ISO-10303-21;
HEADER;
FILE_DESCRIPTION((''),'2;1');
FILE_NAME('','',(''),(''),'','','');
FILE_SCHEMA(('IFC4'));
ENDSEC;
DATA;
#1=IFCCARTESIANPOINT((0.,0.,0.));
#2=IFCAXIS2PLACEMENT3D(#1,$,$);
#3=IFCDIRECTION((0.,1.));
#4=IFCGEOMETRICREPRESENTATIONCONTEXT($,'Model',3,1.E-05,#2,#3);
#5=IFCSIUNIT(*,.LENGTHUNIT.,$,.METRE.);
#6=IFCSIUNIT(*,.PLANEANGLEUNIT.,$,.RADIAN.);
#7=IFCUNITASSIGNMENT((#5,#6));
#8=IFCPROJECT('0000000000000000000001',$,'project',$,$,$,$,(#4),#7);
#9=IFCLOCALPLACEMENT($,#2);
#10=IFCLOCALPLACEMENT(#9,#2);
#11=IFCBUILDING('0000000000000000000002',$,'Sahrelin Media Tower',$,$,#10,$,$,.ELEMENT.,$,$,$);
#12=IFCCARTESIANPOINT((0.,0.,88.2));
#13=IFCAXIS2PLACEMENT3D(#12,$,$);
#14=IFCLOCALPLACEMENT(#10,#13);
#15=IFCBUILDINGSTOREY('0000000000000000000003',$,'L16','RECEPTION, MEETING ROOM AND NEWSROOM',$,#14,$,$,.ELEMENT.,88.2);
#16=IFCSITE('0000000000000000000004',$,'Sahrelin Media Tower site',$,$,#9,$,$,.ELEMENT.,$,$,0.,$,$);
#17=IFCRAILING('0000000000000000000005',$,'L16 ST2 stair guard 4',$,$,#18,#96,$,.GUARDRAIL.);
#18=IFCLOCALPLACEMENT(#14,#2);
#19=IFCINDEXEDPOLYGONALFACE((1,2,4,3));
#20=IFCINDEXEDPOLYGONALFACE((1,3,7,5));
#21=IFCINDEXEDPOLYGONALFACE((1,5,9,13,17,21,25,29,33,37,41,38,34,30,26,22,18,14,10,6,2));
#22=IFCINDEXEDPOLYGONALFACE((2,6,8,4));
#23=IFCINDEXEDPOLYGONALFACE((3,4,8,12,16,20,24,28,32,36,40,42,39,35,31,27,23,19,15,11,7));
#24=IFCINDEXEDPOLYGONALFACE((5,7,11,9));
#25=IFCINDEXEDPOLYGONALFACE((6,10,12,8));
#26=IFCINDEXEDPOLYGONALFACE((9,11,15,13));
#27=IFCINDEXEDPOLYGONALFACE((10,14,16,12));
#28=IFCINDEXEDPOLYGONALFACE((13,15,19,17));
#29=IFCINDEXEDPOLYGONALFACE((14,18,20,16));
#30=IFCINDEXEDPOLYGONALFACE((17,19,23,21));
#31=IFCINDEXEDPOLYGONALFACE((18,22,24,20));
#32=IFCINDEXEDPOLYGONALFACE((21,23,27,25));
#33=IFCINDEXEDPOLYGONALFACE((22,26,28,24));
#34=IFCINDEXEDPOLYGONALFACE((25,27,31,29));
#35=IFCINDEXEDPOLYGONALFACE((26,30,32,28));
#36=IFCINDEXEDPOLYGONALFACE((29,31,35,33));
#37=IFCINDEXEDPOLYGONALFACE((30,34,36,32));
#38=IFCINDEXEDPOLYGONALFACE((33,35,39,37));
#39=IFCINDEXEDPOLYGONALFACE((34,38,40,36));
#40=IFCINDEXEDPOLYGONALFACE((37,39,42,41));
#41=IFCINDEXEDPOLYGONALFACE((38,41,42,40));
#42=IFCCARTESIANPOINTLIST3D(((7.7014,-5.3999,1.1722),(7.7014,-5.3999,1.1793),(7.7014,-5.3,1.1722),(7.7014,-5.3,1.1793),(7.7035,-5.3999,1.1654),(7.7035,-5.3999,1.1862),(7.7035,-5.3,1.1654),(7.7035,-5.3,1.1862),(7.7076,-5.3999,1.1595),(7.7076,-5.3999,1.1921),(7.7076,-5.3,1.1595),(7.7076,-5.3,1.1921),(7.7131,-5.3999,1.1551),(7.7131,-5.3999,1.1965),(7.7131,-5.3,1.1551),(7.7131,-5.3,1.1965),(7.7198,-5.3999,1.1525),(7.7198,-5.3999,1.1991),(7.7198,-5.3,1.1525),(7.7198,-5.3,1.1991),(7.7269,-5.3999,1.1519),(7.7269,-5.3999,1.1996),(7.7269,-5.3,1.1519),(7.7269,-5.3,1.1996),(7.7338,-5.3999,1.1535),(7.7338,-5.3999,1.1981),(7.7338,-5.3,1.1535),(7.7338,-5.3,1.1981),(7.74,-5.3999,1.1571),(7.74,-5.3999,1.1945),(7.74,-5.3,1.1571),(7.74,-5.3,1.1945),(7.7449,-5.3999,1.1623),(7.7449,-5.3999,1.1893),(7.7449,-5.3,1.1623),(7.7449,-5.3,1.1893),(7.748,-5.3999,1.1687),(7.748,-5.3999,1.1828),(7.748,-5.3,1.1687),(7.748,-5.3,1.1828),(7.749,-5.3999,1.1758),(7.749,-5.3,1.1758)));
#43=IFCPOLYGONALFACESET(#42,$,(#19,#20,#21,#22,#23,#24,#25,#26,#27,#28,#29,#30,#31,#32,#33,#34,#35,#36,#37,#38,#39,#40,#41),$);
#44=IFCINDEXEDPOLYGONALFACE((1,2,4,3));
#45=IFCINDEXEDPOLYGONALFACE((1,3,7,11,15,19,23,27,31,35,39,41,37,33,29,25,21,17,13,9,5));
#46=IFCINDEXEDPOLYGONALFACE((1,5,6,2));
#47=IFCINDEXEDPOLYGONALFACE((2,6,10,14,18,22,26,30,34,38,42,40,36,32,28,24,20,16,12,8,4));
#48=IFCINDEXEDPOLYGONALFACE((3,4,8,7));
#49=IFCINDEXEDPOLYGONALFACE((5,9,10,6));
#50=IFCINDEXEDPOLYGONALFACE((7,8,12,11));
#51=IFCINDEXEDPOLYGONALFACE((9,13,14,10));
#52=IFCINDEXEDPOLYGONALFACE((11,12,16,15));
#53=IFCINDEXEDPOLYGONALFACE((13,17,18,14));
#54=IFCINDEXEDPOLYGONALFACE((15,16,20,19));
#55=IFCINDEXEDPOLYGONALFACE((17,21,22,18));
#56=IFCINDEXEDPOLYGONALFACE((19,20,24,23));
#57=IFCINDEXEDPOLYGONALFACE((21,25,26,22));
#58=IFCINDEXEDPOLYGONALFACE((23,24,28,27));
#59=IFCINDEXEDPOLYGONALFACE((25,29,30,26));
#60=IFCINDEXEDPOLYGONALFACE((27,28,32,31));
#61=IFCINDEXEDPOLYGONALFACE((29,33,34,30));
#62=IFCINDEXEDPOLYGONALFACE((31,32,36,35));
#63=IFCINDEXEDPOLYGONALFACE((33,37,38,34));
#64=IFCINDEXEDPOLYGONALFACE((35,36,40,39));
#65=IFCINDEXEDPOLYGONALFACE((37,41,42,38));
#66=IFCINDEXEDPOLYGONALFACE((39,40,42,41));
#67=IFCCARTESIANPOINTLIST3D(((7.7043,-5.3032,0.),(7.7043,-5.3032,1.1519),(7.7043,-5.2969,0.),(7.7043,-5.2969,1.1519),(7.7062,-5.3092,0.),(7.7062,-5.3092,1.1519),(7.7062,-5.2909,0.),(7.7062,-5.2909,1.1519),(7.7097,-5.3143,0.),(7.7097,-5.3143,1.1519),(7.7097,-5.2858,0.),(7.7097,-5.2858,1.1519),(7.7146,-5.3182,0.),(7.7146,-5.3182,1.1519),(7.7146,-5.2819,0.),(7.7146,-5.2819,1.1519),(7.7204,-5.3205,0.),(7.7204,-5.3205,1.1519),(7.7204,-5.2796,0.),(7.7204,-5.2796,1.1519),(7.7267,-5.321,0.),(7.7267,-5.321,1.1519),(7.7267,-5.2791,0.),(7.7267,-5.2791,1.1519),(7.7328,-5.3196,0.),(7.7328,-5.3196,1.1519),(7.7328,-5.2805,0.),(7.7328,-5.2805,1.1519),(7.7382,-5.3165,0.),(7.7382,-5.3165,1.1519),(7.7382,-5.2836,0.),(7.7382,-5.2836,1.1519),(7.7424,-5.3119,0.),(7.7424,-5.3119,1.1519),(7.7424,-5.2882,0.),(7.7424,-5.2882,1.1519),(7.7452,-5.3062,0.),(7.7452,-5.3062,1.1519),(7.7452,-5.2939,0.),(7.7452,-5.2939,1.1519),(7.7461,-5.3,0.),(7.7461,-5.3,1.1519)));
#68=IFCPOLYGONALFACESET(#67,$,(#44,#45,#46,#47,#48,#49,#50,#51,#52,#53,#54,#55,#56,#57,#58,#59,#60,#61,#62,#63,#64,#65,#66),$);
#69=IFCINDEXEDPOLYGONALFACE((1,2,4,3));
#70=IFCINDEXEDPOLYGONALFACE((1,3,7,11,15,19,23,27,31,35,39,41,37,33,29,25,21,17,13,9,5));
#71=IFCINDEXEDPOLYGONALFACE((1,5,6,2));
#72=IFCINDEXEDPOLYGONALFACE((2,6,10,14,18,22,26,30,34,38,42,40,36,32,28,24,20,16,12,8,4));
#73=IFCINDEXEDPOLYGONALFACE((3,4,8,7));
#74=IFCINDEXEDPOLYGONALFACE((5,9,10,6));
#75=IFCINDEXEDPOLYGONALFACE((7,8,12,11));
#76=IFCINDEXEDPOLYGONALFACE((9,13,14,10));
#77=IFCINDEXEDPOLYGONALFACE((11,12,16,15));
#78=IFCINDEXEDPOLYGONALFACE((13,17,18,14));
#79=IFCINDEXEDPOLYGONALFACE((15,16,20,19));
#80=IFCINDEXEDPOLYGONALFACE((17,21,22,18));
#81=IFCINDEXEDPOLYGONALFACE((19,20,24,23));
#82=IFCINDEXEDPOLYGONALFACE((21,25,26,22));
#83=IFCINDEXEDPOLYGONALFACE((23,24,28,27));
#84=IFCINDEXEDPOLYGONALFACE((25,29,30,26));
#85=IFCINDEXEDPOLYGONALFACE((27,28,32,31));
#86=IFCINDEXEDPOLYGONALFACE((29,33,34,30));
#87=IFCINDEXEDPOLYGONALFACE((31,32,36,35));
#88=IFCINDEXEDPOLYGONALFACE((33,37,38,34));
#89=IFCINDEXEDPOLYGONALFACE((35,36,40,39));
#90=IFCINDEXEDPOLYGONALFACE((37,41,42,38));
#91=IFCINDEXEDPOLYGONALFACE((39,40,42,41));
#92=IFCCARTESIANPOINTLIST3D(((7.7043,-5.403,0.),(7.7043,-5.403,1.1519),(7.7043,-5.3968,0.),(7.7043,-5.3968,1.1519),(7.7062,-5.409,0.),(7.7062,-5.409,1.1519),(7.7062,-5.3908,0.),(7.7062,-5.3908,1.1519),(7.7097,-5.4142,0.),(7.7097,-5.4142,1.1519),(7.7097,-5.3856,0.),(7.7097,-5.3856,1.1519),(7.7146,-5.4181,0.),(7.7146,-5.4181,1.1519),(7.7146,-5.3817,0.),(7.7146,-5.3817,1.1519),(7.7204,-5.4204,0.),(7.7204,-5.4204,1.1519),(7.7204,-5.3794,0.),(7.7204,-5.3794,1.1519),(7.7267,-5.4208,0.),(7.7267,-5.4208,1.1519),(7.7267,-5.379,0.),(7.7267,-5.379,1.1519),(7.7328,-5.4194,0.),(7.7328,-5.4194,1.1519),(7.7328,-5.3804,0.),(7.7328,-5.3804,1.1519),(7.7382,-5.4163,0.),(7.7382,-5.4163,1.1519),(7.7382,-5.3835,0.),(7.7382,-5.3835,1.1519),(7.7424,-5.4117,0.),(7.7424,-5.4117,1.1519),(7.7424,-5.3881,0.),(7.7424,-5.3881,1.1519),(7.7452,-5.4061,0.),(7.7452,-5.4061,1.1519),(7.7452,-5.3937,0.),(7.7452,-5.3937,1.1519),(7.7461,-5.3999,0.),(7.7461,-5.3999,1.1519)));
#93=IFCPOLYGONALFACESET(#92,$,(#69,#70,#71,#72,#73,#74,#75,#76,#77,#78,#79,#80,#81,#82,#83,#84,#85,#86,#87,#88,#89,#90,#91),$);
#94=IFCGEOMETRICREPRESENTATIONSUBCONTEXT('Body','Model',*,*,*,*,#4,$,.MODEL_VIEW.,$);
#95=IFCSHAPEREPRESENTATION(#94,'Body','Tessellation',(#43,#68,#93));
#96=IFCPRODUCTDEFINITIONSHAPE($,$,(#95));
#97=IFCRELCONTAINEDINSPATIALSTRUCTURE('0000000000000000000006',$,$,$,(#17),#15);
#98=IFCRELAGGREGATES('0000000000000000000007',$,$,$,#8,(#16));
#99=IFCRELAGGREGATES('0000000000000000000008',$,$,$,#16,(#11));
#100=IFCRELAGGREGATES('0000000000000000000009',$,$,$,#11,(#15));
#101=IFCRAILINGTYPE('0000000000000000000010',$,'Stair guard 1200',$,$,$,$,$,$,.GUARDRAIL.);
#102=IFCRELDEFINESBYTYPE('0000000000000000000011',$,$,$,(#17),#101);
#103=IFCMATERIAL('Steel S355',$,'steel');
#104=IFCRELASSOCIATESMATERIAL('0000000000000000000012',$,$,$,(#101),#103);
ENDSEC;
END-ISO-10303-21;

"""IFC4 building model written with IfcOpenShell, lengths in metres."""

from ifc_helpers import new_model, si_unit, direction, frame, origin, origin_2d, place, context, subcontext, project, spatial, circle, extrude, material, type_object, element, save


model = new_model("IFC4")

# Units and contexts
model_context = context("Model", 3, precision=1e-05, world=origin(), true_north=direction((0.0, 1.0)))
body_context = subcontext(model_context, "Body", "Model", "MODEL_VIEW")
ifc_project = project(units=[si_unit("LENGTHUNIT", "METRE"), si_unit("PLANEANGLEUNIT", "RADIAN")], contexts=[model_context])

# Site, building, storey
site_placement = place(None, origin())
site = spatial("IfcSite", under=ifc_project, at=site_placement, Name="Sahrelin Media Tower site", CompositionType="ELEMENT", RefElevation=0.0)
building_placement = place(site_placement, origin())
building = spatial("IfcBuilding", under=site, at=building_placement, Name="Sahrelin Media Tower", CompositionType="ELEMENT")
storey_placement = place(building_placement, frame((0.0, 0.0, 88.2)))
storey = spatial("IfcBuildingStorey", under=building, at=storey_placement, Name="L16", Description="RECEPTION, MEETING ROOM AND NEWSROOM", CompositionType="ELEMENT", Elevation=88.2)

# Railing
ifc_material_1 = material(Name="Steel S355", Category="steel")
railing_type_1 = type_object("IfcRailingType", Name="Stair guard 1200", PredefinedType="GUARDRAIL", material=ifc_material_1)
railing_1_placement = place(storey_placement, frame((7.7251, -5.3, 0.0)))
element("IfcRailing", 1, at=railing_1_placement, inside=storey, type_object=railing_type_1, Name="L16 ST2 stair guard 4", PredefinedType="GUARDRAIL", context=body_context, shape_type="SweptSolid", body=[
    extrude(circle(Radius=0.0239, at=origin_2d()), frame((0.0, 0.0, 1.1758), z_axis=(0.0, -1.0, 0.0), x_axis=(1.0, 0.0, 0.0)), (0.0, 0.0, 1.0), 0.0999),
    extrude(circle(Radius=0.021, at=origin_2d()), origin(), (0.0, 0.0, 1.0), 1.1519),
    extrude(circle(Radius=0.021, at=origin_2d()), frame((0.0, -0.0999, 0.0)), (0.0, 0.0, 1.0), 1.1519),
])

save(model, "model.ifc")
